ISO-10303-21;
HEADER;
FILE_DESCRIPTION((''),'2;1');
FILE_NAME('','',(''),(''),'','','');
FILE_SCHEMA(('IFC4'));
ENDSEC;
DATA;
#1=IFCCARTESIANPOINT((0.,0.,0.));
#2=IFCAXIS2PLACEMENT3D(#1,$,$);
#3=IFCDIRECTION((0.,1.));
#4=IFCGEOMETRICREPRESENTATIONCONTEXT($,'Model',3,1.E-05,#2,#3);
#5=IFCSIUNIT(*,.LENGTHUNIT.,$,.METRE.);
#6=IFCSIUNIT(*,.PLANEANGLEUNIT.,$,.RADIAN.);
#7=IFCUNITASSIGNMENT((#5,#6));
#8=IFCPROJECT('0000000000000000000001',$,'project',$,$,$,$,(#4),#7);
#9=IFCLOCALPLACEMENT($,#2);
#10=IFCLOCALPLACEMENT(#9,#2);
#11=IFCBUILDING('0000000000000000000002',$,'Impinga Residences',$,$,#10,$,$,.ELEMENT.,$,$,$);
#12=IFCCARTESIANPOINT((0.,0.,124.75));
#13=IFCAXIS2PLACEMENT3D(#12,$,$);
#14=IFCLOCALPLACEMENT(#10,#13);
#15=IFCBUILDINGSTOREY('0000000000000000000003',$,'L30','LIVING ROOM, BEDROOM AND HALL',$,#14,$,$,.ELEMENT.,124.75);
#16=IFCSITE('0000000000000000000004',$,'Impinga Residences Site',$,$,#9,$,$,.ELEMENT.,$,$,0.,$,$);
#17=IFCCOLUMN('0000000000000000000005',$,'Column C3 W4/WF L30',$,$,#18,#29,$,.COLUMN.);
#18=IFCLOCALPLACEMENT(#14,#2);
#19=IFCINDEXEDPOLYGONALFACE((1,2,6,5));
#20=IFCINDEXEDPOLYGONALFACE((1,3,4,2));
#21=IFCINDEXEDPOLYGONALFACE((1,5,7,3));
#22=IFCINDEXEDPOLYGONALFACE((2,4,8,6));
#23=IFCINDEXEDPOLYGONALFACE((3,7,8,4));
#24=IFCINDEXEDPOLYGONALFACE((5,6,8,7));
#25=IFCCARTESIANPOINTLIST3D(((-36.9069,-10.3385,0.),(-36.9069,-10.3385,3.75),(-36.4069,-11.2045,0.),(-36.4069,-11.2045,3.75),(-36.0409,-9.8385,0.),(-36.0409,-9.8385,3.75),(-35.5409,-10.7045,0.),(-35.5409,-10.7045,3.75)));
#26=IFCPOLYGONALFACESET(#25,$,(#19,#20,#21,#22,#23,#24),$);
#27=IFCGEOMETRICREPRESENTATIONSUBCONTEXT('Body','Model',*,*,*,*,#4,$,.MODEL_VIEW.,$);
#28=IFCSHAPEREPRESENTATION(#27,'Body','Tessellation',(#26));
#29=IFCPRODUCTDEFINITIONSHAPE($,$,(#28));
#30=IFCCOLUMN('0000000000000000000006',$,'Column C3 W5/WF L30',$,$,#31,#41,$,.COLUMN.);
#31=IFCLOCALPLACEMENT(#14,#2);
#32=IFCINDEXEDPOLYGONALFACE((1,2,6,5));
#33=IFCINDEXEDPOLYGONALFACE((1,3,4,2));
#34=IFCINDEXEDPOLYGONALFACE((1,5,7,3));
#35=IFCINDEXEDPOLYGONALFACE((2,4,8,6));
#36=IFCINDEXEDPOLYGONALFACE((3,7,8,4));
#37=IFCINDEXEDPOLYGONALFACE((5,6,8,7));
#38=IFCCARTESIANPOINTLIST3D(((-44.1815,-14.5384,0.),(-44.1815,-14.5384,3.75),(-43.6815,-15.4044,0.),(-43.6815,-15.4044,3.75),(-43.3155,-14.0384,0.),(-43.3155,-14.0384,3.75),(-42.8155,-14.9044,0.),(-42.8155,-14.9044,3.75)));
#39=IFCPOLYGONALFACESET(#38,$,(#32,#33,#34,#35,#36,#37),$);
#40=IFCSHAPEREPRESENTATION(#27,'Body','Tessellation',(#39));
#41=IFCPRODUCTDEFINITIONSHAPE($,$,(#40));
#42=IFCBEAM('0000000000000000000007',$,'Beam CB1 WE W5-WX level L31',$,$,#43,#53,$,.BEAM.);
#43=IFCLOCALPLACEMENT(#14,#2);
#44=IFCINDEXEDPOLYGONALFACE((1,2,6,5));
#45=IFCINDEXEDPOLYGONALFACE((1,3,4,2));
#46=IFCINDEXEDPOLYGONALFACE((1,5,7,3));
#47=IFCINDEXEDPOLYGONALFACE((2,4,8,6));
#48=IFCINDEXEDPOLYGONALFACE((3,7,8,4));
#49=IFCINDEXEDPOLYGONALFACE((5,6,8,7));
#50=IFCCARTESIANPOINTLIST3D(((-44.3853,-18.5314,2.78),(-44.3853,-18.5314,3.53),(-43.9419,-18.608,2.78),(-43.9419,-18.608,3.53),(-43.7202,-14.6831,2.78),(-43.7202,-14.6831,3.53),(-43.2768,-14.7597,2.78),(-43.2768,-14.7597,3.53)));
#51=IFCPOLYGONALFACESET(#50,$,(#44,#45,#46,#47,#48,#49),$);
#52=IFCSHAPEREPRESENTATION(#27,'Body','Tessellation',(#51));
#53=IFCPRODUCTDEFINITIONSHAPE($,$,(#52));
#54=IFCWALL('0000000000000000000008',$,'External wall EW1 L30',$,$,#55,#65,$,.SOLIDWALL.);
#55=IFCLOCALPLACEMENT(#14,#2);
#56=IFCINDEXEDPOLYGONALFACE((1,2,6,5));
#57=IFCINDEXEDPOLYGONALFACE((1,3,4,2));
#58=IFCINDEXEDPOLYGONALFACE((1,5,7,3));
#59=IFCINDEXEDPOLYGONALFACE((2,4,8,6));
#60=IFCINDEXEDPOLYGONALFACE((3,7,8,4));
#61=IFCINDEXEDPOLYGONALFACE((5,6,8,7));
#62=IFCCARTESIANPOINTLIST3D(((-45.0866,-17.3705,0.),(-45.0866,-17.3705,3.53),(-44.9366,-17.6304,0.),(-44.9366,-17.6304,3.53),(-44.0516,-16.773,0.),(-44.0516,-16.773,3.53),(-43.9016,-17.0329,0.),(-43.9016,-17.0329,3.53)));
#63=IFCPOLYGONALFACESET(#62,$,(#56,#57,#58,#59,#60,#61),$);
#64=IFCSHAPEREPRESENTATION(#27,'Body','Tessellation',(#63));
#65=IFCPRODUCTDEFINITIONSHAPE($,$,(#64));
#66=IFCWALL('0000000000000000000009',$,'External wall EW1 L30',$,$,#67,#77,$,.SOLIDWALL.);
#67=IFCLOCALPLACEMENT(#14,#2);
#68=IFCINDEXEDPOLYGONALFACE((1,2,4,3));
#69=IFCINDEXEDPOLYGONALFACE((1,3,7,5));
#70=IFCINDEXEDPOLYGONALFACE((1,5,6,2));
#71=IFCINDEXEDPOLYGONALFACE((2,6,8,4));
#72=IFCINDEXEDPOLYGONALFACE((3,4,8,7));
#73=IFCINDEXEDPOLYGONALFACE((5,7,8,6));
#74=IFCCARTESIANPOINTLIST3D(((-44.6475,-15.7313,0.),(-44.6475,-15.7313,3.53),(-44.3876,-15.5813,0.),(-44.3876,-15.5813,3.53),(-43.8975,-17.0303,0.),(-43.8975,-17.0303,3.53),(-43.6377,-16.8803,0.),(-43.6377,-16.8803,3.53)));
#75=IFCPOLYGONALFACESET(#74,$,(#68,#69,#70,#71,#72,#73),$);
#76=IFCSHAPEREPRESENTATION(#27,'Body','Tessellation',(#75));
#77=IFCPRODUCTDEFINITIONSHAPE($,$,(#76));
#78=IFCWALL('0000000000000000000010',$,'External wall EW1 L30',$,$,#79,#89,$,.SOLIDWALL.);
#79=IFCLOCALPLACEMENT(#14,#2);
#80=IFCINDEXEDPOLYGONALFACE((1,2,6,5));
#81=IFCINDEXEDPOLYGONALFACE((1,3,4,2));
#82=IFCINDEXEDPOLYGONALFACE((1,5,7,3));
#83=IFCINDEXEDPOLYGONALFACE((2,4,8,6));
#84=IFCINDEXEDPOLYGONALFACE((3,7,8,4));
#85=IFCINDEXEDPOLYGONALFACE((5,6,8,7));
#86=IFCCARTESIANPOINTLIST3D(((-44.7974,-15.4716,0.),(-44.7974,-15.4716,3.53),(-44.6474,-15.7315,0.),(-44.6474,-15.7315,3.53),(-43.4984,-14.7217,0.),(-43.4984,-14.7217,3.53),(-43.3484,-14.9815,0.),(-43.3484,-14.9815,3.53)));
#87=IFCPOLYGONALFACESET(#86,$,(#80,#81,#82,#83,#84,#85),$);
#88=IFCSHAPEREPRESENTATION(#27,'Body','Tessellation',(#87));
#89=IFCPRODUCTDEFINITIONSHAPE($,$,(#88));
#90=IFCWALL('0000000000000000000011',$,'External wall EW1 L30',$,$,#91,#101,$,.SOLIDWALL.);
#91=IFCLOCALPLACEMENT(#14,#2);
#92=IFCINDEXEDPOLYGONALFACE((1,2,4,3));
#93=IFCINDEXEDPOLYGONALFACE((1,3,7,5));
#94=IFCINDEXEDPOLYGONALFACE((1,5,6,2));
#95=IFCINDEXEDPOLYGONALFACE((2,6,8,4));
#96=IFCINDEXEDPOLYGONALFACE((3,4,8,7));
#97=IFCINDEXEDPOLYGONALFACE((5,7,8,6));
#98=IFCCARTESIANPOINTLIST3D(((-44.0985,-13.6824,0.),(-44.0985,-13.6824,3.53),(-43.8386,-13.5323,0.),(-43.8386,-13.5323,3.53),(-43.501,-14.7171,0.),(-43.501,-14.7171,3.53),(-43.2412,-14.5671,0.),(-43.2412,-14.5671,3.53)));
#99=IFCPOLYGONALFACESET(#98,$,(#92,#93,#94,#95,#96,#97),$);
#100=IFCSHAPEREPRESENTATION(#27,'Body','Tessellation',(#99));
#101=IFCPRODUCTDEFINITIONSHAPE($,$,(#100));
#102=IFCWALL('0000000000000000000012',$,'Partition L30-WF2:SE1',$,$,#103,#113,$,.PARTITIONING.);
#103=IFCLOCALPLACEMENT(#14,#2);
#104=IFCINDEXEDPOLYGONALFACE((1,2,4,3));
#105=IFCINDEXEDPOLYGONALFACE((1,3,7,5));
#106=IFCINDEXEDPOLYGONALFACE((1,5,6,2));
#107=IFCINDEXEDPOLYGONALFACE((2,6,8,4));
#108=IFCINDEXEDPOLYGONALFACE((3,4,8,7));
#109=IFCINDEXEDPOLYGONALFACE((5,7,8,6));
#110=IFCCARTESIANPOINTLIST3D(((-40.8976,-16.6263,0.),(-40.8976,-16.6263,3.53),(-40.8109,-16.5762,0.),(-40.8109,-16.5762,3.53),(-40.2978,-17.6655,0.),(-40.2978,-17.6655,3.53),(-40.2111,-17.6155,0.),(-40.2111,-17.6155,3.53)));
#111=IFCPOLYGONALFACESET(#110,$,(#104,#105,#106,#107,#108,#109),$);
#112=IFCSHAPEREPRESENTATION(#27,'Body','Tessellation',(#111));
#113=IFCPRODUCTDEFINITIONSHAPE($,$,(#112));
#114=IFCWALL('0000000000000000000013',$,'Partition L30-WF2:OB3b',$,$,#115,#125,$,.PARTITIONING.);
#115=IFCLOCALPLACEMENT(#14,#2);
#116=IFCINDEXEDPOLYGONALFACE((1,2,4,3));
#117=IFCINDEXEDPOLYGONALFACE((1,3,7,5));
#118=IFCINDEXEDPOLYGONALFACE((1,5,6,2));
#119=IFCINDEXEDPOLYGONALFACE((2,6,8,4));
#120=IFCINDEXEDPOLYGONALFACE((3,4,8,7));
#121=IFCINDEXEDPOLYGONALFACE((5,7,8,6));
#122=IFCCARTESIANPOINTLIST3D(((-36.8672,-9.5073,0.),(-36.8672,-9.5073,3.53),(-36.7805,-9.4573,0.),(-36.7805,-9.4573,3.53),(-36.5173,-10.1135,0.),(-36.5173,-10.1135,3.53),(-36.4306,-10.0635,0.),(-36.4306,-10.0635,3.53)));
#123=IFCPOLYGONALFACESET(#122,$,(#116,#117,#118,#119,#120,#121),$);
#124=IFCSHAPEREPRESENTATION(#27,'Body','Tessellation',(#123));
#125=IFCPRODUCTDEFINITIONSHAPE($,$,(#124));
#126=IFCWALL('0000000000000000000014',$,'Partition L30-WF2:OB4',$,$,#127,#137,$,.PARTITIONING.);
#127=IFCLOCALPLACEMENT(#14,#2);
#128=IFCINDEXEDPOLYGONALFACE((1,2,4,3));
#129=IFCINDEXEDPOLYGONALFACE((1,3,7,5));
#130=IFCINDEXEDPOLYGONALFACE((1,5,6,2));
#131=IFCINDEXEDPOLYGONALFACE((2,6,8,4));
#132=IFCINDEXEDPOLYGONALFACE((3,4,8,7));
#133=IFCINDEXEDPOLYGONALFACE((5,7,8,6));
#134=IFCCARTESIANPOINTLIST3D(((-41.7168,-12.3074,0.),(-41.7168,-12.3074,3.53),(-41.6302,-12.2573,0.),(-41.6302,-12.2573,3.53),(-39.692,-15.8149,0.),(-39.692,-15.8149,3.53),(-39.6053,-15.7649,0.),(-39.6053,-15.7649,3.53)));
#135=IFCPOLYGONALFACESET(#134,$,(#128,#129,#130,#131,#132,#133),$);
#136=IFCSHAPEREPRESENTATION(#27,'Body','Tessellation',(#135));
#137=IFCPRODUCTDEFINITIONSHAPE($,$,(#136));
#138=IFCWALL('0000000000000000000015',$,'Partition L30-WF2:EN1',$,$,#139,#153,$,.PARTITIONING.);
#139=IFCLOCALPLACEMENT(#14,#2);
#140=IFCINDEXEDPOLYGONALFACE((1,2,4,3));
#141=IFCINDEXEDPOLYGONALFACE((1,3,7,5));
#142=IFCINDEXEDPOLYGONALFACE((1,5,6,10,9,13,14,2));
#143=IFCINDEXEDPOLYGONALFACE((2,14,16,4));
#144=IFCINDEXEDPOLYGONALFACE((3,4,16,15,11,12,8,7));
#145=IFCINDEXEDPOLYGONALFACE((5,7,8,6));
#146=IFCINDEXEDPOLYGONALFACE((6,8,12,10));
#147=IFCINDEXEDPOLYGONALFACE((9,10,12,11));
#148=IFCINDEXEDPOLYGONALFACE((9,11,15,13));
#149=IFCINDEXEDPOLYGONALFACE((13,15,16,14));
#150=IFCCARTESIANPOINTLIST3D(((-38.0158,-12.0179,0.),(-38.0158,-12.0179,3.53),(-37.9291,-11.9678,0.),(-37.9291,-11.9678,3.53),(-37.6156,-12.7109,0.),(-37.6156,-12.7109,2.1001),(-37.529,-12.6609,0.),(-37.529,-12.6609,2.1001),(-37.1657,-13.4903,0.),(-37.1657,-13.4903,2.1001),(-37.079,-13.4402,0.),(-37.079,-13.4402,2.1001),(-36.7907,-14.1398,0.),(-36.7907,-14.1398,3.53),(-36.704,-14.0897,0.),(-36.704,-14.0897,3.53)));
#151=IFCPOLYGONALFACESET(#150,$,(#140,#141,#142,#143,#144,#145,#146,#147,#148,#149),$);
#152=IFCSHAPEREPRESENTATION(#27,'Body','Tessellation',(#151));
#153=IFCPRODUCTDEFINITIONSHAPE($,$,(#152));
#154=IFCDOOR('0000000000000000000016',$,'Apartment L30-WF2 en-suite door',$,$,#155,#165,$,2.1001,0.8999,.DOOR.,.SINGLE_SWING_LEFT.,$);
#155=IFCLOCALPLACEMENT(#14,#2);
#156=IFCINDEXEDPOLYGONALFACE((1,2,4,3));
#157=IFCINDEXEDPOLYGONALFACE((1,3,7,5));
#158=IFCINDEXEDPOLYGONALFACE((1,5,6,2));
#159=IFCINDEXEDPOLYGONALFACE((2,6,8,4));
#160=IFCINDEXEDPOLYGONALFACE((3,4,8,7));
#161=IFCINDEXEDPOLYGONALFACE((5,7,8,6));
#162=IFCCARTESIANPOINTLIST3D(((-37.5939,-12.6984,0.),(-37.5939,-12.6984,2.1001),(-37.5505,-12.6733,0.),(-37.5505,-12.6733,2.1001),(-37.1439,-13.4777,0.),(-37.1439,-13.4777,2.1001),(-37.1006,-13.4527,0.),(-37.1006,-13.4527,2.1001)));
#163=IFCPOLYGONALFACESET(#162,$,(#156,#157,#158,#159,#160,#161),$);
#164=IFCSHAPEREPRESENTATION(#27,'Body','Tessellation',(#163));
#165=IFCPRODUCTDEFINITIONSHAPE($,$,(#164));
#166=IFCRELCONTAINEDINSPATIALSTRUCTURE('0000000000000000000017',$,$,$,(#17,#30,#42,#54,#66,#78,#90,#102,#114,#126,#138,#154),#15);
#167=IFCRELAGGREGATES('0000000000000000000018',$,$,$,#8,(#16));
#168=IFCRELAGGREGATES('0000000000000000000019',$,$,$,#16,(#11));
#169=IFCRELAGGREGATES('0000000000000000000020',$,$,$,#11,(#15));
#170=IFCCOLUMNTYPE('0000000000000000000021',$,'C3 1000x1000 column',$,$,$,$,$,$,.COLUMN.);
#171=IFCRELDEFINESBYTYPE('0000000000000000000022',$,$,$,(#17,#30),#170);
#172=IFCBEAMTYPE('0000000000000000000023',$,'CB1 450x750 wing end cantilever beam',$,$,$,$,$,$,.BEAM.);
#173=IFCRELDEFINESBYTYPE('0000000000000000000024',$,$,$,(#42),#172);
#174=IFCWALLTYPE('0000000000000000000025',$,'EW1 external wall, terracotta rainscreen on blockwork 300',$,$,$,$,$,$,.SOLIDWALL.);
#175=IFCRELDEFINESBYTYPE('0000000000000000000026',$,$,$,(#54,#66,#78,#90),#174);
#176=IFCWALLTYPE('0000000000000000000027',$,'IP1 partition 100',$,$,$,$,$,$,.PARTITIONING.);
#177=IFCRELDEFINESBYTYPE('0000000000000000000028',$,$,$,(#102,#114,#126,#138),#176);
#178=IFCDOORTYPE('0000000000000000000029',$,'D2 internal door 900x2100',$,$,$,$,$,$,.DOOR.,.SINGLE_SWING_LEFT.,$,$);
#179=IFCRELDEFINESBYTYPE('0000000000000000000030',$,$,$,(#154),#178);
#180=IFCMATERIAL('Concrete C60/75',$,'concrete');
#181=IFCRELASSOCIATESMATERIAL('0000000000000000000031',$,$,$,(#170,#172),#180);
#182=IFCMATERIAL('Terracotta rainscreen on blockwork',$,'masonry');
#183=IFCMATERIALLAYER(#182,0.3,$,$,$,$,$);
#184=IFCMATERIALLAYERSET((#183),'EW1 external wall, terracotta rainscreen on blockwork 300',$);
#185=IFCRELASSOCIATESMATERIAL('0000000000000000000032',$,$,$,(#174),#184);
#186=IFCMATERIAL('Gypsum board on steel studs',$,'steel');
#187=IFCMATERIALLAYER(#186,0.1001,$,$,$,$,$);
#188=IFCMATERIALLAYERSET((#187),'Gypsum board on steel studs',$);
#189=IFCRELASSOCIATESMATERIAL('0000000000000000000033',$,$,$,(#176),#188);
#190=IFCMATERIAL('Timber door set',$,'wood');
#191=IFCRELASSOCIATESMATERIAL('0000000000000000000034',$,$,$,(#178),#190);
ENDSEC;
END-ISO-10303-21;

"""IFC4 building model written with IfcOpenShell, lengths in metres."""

from ifc_helpers import new_model, si_unit, direction, frame, frame_2d, origin, origin_2d, place, context, subcontext, project, spatial, rectangle, extrude, material, layer, layer_set, material_profile, profile_set, type_object, element, fill, save


model = new_model("IFC4")

# Units and contexts
model_context = context("Model", 3, precision=1e-05, world=origin(), true_north=direction((0.0, 1.0)))
body_context = subcontext(model_context, "Body", "Model", "MODEL_VIEW")
ifc_project = project(units=[si_unit("LENGTHUNIT", "METRE"), si_unit("PLANEANGLEUNIT", "RADIAN")], contexts=[model_context])

# Site, building, storey
site_placement = place(None, origin())
site = spatial("IfcSite", under=ifc_project, at=site_placement, Name="Impinga Residences Site", CompositionType="ELEMENT", RefElevation=0.0)
building_placement = place(site_placement, origin())
building = spatial("IfcBuilding", under=site, at=building_placement, Name="Impinga Residences", CompositionType="ELEMENT")
storey_placement = place(building_placement, frame((0.0, 0.0, 124.75)))
storey = spatial("IfcBuildingStorey", under=building, at=storey_placement, Name="L30", Description="LIVING ROOM, BEDROOM AND HALL", CompositionType="ELEMENT", Elevation=124.75)

# Columns
ifc_material_1 = material(Name="Concrete C60/75", Category="concrete")
ifc_material_profile_1 = material_profile(ifc_material_1, rectangle(XDim=1.0, YDim=1.0, at=origin_2d()), Name="RC 1000x1000")
ifc_profile_set_1 = profile_set([ifc_material_profile_1], Name="Concrete C60/75")
column_type = type_object("IfcColumnType", Name="C3 1000x1000 column", PredefinedType="COLUMN", material=ifc_profile_set_1)
for number, where, z_axis, x_axis, name in (
    (1, (-36.2239, -10.5215, 0.0), (0.0, 0.0, 1.0), (-0.5, 0.866025, 0.0), "Column C3 W4/WF L30"),
    (2, (-43.4985, -14.7214, 0.0), (0.0, 0.0, 1.0), (-0.5, 0.866025, 0.0), "Column C3 W5/WF L30"),
):
    element("IfcColumn", number, at=place(storey_placement, frame(where, z_axis=z_axis, x_axis=x_axis)), inside=storey, type_object=column_type, Name=name, PredefinedType="COLUMN", context=body_context, shape_type="SweptSolid", body=[
        extrude(rectangle(XDim=1.0, YDim=1.0, at=origin_2d()), origin(), (0.0, 0.0, 1.0), 3.75),
    ])

# Beam
ifc_material_profile_2 = material_profile(ifc_material_1, rectangle(XDim=0.45, YDim=0.75, at=origin_2d()), Name="RC 450x750")
ifc_profile_set_2 = profile_set([ifc_material_profile_2], Name="Concrete C60/75")
beam_type = type_object("IfcBeamType", Name="CB1 450x750 wing end cantilever beam", PredefinedType="BEAM", material=ifc_profile_set_2)
beam_placement = place(storey_placement, frame((-43.4985, -14.7214, 3.155), z_axis=(-0.170296, -0.985393, 0.0), x_axis=(0.985393, -0.170296, 0.0)))
element("IfcBeam", 3, at=beam_placement, inside=storey, type_object=beam_type, Name="Beam CB1 WE W5-WX level L31", PredefinedType="BEAM", context=body_context, shape_type="SweptSolid", body=[
    extrude(rectangle(XDim=0.45, YDim=0.75, at=origin_2d()), origin(), (0.0, 0.0, 1.0), 3.9053),
])

# Walls
ifc_material_2 = material(Name="Terracotta rainscreen on blockwork", Category="masonry")
ifc_layer_1 = layer(ifc_material_2, 0.3)
ifc_layer_set_1 = layer_set([ifc_layer_1], Name="EW1 external wall, terracotta rainscreen on blockwork 300")
wall_type_1 = type_object("IfcWallType", Name="EW1 external wall, terracotta rainscreen on blockwork 300", PredefinedType="SOLIDWALL", material=ifc_layer_set_1)
wall_1_placement = place(storey_placement, frame((-45.0117, -17.5005, 0.0), z_axis=(0.0, 0.0, 1.0), x_axis=(0.86606, 0.499941, 0.0)))
element("IfcWall", 4, at=wall_1_placement, inside=storey, type_object=wall_type_1, Name="External wall EW1 L30", PredefinedType="SOLIDWALL", context=body_context, shape_type="SweptSolid", body=[
    extrude(rectangle(XDim=1.1951, YDim=0.3, at=frame_2d((0.5977, 0.0))), origin(), (0.0, 0.0, 1.0), 3.53),
])
for number, where, z_axis, x_axis, name in (
    (5, (-43.7676, -16.9553, 0.0), (0.0, 0.0, 1.0), (-0.49999, 0.866031, 0.0), "External wall EW1 L30"),
    (6, (-44.7224, -15.6016, 0.0), (0.0, 0.0, 1.0), (0.866031, 0.49999, 0.0), "External wall EW1 L30"),
):
    element("IfcWall", number, at=place(storey_placement, frame(where, z_axis=z_axis, x_axis=x_axis)), inside=storey, type_object=wall_type_1, Name=name, PredefinedType="SOLIDWALL", context=body_context, shape_type="SweptSolid", body=[
        extrude(rectangle(XDim=1.5, YDim=0.3, at=frame_2d((0.75, 0.0))), origin(), (0.0, 0.0, 1.0), 3.53),
    ])
wall_2_placement = place(storey_placement, frame((-43.3711, -14.6421, 0.0), z_axis=(0.0, 0.0, 1.0), x_axis=(-0.500029, 0.866009, 0.0)))
element("IfcWall", 7, at=wall_2_placement, inside=storey, type_object=wall_type_1, Name="External wall EW1 L30", PredefinedType="SOLIDWALL", context=body_context, shape_type="SweptSolid", body=[
    extrude(rectangle(XDim=1.1948, YDim=0.3, at=frame_2d((0.5974, 0.0))), origin(), (0.0, 0.0, 1.0), 3.53),
])

# Walls
ifc_material_3 = material(Name="Gypsum board on steel studs", Category="steel")
ifc_layer_2 = layer(ifc_material_3, 0.1001)
ifc_layer_set_2 = layer_set([ifc_layer_2], Name="Gypsum board on steel studs")
wall_type_2 = type_object("IfcWallType", Name="IP1 partition 100", PredefinedType="PARTITIONING", material=ifc_layer_set_2)
wall_3_placement = place(storey_placement, frame((-40.2544, -17.6406, 0.0), z_axis=(0.0, 0.0, 1.0), x_axis=(-0.499881, 0.866094, 0.0)))
element("IfcWall", 8, at=wall_3_placement, inside=storey, type_object=wall_type_2, Name="Partition L30-WF2:SE1", PredefinedType="PARTITIONING", context=body_context, shape_type="SweptSolid", body=[
    extrude(rectangle(XDim=1.2, YDim=0.1001, at=frame_2d((0.6001, 0.0))), origin(), (0.0, 0.0, 1.0), 3.53),
])
wall_4_placement = place(storey_placement, frame((-36.4739, -10.0886, 0.0), z_axis=(0.0, 0.0, 1.0), x_axis=(-0.499853, 0.86611, 0.0)))
element("IfcWall", 9, at=wall_4_placement, inside=storey, type_object=wall_type_2, Name="Partition L30-WF2:OB3b", PredefinedType="PARTITIONING", context=body_context, shape_type="SweptSolid", body=[
    extrude(rectangle(XDim=0.7, YDim=0.1001, at=frame_2d((0.3501, 0.0))), origin(), (0.0, 0.0, 1.0), 3.53),
])
wall_5_placement = place(storey_placement, frame((-39.6487, -15.7898, 0.0), z_axis=(0.0, 0.0, 1.0), x_axis=(-0.499964, 0.866046, 0.0)))
element("IfcWall", 10, at=wall_5_placement, inside=storey, type_object=wall_type_2, Name="Partition L30-WF2:OB4", PredefinedType="PARTITIONING", context=body_context, shape_type="SweptSolid", body=[
    extrude(rectangle(XDim=4.05, YDim=0.1001, at=frame_2d((2.0249, 0.0))), origin(), (0.0, 0.0, 1.0), 3.53),
])

# Wall, opening, door
wall_6_placement = place(storey_placement, frame((-36.7473, -14.1147, 0.0), z_axis=(0.0, 0.0, 1.0), x_axis=(-0.500019, 0.866015, 0.0)))
wall_6 = element("IfcWall", 11, at=wall_6_placement, inside=storey, type_object=wall_type_2, Name="Partition L30-WF2:EN1", PredefinedType="PARTITIONING", context=body_context, shape_type="SweptSolid", body=[
    extrude(rectangle(XDim=2.4502, YDim=0.1001, at=frame_2d((1.2251, 0.0))), origin(), (0.0, 0.0, 1.0), 3.53),
])
opening_1_placement = place(wall_6_placement, frame((0.75, 0.0, 0.0)))
opening_1 = element("IfcOpeningElement", 12, at=opening_1_placement, cuts=wall_6, PredefinedType="OPENING", context=body_context, shape_type="SweptSolid", body=[
    extrude(rectangle(XDim=0.8999, YDim=2.1001, at=frame_2d((0.45, 1.05))), frame((0.0, 0.0601, 0.0), z_axis=(0.0, -1.0, 0.0), x_axis=(1.0, 0.0, 0.0)), (0.0, 0.0, 1.0), 0.1201),
])
ifc_material_4 = material(Name="Timber door set", Category="wood")
door_type = type_object("IfcDoorType", Name="D2 internal door 900x2100", OperationType="SINGLE_SWING_LEFT", PredefinedType="DOOR", material=ifc_material_4)
door_placement = place(opening_1_placement, origin())
door = element("IfcDoor", 13, at=door_placement, inside=storey, type_object=door_type, Name="Apartment L30-WF2 en-suite door", OperationType="SINGLE_SWING_LEFT", OverallHeight=2.1001, OverallWidth=0.8999, PredefinedType="DOOR", context=body_context, shape_type="SweptSolid", body=[
    extrude(rectangle(XDim=0.8999, YDim=2.1001, at=frame_2d((0.45, 1.05))), frame((0.0, 0.0249, 0.0), z_axis=(0.0, -1.0, 0.0), x_axis=(1.0, 0.0, 0.0)), (0.0, 0.0, 1.0), 0.05),
])
fill(opening_1, door)

save(model, "model.ifc")
